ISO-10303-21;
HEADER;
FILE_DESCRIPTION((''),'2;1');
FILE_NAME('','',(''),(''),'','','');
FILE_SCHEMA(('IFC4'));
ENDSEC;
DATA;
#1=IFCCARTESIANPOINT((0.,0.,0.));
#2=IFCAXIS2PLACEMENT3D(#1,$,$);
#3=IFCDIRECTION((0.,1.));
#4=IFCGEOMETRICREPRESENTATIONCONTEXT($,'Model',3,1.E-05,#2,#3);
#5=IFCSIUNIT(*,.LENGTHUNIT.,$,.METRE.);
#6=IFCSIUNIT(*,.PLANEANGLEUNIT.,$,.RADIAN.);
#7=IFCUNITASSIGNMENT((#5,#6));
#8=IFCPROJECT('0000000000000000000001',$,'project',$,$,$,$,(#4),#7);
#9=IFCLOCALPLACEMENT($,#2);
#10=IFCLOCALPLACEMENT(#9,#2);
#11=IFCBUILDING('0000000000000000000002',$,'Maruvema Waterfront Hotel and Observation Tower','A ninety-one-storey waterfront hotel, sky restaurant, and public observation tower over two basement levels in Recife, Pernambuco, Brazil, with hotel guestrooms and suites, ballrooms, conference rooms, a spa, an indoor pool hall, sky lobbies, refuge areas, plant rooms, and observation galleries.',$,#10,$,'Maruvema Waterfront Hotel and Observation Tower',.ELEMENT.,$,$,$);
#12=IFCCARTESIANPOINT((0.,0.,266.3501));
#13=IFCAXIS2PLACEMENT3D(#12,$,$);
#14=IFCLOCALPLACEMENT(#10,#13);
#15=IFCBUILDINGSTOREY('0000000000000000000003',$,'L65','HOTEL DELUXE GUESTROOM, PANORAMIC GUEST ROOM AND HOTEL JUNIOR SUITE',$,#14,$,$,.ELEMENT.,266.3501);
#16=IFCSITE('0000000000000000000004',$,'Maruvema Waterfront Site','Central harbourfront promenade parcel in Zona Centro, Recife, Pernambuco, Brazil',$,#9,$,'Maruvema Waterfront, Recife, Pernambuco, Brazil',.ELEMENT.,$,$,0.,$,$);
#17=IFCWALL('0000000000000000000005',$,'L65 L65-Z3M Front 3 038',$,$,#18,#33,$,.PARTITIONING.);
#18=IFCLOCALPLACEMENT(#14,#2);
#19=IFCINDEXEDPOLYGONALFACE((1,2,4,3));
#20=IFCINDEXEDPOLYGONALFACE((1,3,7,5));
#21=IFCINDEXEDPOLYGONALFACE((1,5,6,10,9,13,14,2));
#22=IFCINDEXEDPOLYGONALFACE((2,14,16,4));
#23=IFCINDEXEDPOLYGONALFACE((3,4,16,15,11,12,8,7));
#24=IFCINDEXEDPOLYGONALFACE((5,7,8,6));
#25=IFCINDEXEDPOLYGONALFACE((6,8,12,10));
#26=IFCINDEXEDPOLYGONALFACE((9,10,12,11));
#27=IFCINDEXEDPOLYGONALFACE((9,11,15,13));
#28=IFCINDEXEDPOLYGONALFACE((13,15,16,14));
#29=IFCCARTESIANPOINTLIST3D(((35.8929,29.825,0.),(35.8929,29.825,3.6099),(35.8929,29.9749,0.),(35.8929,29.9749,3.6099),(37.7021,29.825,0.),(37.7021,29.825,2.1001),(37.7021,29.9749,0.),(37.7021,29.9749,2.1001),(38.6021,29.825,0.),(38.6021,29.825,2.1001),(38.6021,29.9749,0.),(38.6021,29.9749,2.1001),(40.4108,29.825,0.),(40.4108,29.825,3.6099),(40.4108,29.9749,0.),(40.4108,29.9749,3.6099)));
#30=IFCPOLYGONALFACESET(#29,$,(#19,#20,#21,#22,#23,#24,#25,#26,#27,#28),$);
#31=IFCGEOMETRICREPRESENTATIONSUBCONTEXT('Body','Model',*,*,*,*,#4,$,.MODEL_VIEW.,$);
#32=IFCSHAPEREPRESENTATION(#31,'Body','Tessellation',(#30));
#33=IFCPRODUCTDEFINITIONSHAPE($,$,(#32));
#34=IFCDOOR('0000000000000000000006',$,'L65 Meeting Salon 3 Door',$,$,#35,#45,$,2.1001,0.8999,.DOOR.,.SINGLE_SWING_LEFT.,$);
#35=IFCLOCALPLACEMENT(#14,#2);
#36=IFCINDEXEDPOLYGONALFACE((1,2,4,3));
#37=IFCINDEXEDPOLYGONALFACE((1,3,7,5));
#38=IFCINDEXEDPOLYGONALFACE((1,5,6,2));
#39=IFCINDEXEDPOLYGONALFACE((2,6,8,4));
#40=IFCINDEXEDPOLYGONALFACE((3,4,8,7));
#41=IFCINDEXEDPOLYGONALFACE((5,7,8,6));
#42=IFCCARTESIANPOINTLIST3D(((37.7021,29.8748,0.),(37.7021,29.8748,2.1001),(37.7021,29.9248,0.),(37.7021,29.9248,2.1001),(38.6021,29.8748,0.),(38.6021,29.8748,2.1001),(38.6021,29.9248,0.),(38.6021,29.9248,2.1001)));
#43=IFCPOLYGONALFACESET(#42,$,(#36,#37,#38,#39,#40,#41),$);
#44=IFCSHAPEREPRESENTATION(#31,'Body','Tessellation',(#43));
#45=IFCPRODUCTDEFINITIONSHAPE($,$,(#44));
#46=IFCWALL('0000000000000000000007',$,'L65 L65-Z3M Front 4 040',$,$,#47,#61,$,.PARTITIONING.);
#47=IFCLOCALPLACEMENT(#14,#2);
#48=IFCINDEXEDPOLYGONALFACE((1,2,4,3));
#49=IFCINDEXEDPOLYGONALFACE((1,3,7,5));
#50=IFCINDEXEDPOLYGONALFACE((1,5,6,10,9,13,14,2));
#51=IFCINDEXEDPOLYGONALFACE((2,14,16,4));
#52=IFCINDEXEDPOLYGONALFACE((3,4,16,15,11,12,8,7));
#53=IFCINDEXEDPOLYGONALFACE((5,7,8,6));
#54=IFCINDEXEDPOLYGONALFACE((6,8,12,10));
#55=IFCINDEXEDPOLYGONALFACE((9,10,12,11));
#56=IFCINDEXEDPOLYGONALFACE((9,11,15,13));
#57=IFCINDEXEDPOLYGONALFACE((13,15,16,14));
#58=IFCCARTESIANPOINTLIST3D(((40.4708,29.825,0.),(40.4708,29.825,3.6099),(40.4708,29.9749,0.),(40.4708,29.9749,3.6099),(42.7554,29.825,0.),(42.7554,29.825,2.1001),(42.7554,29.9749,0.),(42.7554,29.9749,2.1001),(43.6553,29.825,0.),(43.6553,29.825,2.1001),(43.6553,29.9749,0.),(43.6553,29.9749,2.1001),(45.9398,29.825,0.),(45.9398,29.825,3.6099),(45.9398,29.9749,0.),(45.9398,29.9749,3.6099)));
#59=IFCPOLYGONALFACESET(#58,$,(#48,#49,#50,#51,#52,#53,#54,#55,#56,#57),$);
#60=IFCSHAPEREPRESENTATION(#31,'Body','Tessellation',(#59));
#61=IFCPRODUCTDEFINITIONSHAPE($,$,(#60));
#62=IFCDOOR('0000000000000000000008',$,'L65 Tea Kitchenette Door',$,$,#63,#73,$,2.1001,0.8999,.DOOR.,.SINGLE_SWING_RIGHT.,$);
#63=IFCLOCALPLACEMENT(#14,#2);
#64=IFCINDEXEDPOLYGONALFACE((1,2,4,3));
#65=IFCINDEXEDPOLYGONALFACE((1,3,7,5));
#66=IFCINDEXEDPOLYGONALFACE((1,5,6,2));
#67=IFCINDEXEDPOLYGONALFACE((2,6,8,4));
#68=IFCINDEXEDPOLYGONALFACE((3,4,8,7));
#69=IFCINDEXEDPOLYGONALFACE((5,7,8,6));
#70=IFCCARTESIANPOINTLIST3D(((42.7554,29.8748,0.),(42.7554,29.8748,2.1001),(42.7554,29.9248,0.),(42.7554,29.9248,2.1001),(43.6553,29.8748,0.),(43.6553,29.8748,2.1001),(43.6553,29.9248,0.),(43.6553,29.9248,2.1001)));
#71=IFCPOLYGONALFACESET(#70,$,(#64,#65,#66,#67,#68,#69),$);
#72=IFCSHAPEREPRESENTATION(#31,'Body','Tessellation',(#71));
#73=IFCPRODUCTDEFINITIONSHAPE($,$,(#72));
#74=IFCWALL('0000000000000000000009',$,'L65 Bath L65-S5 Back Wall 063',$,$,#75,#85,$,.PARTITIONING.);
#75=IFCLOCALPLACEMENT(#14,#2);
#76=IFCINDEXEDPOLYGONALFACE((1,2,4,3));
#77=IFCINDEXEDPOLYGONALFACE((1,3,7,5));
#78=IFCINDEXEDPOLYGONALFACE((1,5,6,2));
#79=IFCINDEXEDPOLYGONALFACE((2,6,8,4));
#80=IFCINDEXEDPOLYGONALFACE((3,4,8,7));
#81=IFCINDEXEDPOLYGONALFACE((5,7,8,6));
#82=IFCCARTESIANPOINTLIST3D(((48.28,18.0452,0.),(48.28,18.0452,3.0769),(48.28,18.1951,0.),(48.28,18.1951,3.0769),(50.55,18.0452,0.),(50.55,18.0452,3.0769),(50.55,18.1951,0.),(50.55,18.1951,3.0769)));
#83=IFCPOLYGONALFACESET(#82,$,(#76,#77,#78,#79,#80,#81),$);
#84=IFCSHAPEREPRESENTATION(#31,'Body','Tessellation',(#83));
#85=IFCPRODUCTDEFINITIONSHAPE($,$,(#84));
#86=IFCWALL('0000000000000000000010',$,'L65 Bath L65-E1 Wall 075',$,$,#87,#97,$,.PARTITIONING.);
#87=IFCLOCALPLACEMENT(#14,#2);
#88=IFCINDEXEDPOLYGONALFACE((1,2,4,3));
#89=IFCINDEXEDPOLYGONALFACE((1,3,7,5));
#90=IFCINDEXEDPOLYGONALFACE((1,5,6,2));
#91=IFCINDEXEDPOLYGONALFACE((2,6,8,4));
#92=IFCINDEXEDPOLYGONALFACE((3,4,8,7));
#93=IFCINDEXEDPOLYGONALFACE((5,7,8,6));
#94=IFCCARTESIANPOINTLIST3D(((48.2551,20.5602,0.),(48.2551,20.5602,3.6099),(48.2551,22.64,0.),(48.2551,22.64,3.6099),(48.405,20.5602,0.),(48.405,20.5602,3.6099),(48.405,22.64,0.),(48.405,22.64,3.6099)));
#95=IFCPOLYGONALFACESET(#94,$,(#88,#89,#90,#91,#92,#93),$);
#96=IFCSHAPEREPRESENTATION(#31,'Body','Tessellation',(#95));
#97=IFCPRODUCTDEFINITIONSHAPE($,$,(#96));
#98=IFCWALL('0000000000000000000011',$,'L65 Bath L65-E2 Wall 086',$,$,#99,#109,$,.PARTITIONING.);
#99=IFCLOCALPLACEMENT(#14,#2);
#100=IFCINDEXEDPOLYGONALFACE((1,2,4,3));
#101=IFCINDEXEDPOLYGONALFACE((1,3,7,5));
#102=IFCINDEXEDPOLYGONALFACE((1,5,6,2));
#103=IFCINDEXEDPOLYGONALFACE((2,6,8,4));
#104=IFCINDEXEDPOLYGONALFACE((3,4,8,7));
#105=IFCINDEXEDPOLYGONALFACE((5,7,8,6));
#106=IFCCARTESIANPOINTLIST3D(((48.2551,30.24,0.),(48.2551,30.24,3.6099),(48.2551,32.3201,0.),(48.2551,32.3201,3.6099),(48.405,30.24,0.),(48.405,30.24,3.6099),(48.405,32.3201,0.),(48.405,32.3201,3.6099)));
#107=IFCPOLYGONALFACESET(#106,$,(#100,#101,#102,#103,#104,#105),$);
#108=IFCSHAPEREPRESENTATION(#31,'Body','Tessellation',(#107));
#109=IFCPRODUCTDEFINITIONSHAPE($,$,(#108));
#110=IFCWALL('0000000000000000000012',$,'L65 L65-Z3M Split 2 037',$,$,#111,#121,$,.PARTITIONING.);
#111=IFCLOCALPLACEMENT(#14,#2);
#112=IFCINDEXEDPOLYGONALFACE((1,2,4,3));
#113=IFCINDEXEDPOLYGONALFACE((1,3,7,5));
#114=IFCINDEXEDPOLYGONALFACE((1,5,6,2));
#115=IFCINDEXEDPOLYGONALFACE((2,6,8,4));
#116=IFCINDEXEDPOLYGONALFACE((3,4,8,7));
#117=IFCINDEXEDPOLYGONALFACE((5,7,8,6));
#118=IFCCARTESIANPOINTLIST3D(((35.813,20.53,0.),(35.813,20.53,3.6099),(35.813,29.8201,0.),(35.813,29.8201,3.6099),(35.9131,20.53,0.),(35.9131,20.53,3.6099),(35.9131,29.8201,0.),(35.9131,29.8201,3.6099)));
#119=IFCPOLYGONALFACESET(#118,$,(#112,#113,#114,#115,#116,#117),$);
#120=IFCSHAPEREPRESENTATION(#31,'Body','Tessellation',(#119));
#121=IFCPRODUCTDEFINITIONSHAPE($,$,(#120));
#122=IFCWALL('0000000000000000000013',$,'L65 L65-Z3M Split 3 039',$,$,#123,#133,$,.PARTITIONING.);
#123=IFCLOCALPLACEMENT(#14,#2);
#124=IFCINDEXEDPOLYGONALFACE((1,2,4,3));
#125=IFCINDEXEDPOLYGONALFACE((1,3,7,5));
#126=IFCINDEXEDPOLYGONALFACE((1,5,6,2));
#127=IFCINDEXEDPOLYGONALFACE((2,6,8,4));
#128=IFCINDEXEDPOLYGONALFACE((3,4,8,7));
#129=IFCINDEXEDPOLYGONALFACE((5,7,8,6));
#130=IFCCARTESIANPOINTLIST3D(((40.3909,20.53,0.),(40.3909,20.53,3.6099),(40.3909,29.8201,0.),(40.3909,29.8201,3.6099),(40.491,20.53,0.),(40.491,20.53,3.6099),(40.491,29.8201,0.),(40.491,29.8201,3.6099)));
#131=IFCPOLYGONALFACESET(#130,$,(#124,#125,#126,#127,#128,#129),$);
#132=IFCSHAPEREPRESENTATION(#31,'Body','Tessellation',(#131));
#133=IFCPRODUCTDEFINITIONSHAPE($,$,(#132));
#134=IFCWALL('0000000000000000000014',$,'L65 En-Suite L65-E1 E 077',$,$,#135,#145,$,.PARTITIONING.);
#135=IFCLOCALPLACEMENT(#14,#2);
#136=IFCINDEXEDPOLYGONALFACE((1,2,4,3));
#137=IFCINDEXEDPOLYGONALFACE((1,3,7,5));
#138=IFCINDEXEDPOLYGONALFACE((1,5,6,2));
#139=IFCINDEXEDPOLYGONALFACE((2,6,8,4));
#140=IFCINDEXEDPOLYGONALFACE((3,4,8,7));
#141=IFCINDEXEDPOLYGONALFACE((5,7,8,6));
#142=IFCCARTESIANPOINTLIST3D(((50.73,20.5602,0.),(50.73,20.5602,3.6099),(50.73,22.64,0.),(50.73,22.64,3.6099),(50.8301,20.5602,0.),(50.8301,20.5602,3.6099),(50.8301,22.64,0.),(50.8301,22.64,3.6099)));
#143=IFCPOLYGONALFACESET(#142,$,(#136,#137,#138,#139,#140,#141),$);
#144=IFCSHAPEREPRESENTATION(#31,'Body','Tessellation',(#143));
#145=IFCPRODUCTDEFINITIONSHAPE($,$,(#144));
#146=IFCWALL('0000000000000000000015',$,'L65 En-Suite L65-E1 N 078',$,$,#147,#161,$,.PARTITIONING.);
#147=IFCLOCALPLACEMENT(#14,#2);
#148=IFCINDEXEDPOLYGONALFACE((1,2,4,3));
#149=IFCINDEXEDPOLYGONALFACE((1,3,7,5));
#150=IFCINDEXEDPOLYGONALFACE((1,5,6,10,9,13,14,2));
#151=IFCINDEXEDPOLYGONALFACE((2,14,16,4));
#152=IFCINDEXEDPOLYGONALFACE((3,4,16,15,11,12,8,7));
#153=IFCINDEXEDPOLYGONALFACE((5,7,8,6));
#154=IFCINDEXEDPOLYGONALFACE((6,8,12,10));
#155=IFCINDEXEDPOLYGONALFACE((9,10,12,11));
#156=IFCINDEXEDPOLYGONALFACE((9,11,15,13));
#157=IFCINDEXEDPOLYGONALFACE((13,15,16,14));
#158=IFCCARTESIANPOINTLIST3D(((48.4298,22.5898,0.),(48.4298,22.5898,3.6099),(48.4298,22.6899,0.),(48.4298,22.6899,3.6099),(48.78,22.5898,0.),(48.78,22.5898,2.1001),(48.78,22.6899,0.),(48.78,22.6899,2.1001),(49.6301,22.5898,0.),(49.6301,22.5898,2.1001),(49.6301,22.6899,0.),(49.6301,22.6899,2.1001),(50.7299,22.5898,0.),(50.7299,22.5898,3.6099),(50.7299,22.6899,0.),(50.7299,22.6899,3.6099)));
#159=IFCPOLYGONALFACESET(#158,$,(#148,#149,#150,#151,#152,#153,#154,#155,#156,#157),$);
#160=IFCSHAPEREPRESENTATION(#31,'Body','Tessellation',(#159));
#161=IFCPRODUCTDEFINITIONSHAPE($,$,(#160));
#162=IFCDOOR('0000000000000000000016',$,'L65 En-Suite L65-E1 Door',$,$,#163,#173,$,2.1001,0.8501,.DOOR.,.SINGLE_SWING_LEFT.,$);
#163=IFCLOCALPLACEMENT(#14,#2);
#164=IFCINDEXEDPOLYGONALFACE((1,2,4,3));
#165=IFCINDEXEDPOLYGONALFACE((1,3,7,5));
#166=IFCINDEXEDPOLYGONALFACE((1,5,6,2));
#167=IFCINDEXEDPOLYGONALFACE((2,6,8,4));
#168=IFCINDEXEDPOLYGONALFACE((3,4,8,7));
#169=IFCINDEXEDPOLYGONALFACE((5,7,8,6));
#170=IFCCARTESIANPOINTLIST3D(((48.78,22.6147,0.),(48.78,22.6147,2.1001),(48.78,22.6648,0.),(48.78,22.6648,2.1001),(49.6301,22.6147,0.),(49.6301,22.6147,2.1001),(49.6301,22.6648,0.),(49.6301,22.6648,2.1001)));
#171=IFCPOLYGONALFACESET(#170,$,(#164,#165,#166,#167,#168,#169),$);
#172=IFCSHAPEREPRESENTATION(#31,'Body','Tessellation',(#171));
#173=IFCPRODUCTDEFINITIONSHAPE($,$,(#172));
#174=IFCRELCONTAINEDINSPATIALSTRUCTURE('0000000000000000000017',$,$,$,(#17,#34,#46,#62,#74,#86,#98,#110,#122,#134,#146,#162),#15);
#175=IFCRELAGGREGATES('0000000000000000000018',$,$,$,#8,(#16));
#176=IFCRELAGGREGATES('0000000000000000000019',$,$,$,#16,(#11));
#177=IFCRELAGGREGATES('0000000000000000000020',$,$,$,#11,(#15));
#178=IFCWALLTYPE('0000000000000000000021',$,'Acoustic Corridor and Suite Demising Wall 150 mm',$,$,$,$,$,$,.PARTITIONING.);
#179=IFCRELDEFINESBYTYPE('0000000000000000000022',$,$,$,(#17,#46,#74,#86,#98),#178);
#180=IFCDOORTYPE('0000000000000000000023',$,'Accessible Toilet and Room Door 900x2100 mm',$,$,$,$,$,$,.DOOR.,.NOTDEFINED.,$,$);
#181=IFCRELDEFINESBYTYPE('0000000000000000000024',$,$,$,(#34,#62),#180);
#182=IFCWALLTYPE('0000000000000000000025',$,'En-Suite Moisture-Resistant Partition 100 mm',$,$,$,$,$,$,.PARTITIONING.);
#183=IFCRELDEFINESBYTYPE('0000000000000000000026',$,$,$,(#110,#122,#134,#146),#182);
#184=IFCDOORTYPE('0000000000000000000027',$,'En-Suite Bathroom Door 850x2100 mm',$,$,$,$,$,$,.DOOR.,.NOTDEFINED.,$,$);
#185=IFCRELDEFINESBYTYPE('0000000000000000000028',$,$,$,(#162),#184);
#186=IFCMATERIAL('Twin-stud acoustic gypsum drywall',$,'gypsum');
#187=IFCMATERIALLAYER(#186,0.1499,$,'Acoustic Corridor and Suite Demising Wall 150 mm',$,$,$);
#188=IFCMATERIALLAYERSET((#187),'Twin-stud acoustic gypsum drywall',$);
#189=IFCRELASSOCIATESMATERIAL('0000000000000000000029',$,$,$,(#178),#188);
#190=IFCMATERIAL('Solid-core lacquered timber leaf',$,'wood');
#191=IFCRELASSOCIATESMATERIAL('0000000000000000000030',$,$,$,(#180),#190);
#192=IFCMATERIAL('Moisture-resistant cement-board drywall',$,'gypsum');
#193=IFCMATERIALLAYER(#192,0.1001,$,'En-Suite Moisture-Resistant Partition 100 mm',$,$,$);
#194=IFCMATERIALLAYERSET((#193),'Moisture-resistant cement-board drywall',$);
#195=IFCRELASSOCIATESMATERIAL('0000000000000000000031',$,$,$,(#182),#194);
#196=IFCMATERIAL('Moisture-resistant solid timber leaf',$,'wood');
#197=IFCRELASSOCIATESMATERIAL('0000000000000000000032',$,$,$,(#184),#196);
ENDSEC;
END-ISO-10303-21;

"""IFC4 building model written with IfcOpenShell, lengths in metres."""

from ifc_helpers import new_model, si_unit, direction, frame, frame_2d, origin, place, context, subcontext, project, spatial, rectangle, extrude, material, layer, layer_set, type_object, element, fill, save


model = new_model("IFC4")

# Units and contexts
model_context = context("Model", 3, precision=1e-05, world=origin(), true_north=direction((0.0, 1.0)))
body_context = subcontext(model_context, "Body", "Model", "MODEL_VIEW")
ifc_project = project(units=[si_unit("LENGTHUNIT", "METRE"), si_unit("PLANEANGLEUNIT", "RADIAN")], contexts=[model_context])

# Site, building, storey
site_placement = place(None, origin())
site = spatial("IfcSite", under=ifc_project, at=site_placement, Name="Maruvema Waterfront Site", Description="Central harbourfront promenade parcel in Zona Centro, Recife, Pernambuco, Brazil", LongName="Maruvema Waterfront, Recife, Pernambuco, Brazil", CompositionType="ELEMENT", RefElevation=0.0)
building_placement = place(site_placement, origin())
building = spatial("IfcBuilding", under=site, at=building_placement, Name="Maruvema Waterfront Hotel and Observation Tower", Description="A ninety-one-storey waterfront hotel, sky restaurant, and public observation tower over two basement levels in Recife, Pernambuco, Brazil, with hotel guestrooms and suites, ballrooms, conference rooms, a spa, an indoor pool hall, sky lobbies, refuge areas, plant rooms, and observation galleries.", LongName="Maruvema Waterfront Hotel and Observation Tower", CompositionType="ELEMENT")
storey_placement = place(building_placement, frame((0.0, 0.0, 266.3501)))
storey = spatial("IfcBuildingStorey", under=building, at=storey_placement, Name="L65", Description="HOTEL DELUXE GUESTROOM, PANORAMIC GUEST ROOM AND HOTEL JUNIOR SUITE", CompositionType="ELEMENT", Elevation=266.3501)

# Shared definitions
ifc_material_1 = material(Name="Twin-stud acoustic gypsum drywall", Category="gypsum")
ifc_layer_1 = layer(ifc_material_1, 0.1499, Name="Acoustic Corridor and Suite Demising Wall 150 mm")
ifc_layer_set_1 = layer_set([ifc_layer_1], Name="Twin-stud acoustic gypsum drywall")
wall_type_1 = type_object("IfcWallType", Name="Acoustic Corridor and Suite Demising Wall 150 mm", PredefinedType="PARTITIONING", material=ifc_layer_set_1)

# Walls, openings, doors
wall_1_placement = place(storey_placement, frame((35.8931, 29.8999, 0.0), z_axis=(0.0, 0.0, 1.0), x_axis=(1.0, 0.0, 0.0)))
wall_1 = element("IfcWall", 1, at=wall_1_placement, inside=storey, type_object=wall_type_1, Name="L65 L65-Z3M Front 3 038", PredefinedType="PARTITIONING", context=body_context, shape_type="SweptSolid", body=[
    extrude(rectangle(XDim=4.5178, YDim=0.1499, at=frame_2d((2.2588, 0.0))), origin(), (0.0, 0.0, 1.0), 3.6099),
])
opening_1_placement = place(wall_1_placement, frame((1.8091, 0.0, 0.0)))
opening_1 = element("IfcOpeningElement", 2, at=opening_1_placement, cuts=wall_1, PredefinedType="OPENING", context=body_context, shape_type="SweptSolid", body=[
    extrude(rectangle(XDim=0.8999, YDim=2.1001, at=frame_2d((0.45, 1.05))), frame((0.0, 0.085, 0.0), z_axis=(0.0, -1.0, 0.0), x_axis=(1.0, 0.0, 0.0)), (0.0, 0.0, 1.0), 0.1699),
])
ifc_material_2 = material(Name="Solid-core lacquered timber leaf", Category="wood")
door_type_1 = type_object("IfcDoorType", Name="Accessible Toilet and Room Door 900x2100 mm", OperationType="NOTDEFINED", PredefinedType="DOOR", material=ifc_material_2)
door_1_placement = place(opening_1_placement, origin())
door_1 = element("IfcDoor", 3, at=door_1_placement, inside=storey, type_object=door_type_1, Name="L65 Meeting Salon 3 Door", OperationType="SINGLE_SWING_LEFT", OverallHeight=2.1001, OverallWidth=0.8999, PredefinedType="DOOR", context=body_context, shape_type="SweptSolid", body=[
    extrude(rectangle(XDim=0.8999, YDim=2.1001, at=frame_2d((0.45, 1.05))), frame((0.0, 0.0249, 0.0), z_axis=(0.0, -1.0, 0.0), x_axis=(1.0, 0.0, 0.0)), (0.0, 0.0, 1.0), 0.05),
])
fill(opening_1, door_1)
wall_2_placement = place(storey_placement, frame((40.4709, 29.8999, 0.0), z_axis=(0.0, 0.0, 1.0), x_axis=(1.0, 0.0, 0.0)))
wall_2 = element("IfcWall", 4, at=wall_2_placement, inside=storey, type_object=wall_type_1, Name="L65 L65-Z3M Front 4 040", PredefinedType="PARTITIONING", context=body_context, shape_type="SweptSolid", body=[
    extrude(rectangle(XDim=5.469, YDim=0.1499, at=frame_2d((2.7344, 0.0))), origin(), (0.0, 0.0, 1.0), 3.6099),
])
opening_2_placement = place(wall_2_placement, frame((2.2844, 0.0, 0.0)))
opening_2 = element("IfcOpeningElement", 5, at=opening_2_placement, cuts=wall_2, PredefinedType="OPENING", context=body_context, shape_type="SweptSolid", body=[
    extrude(rectangle(XDim=0.8999, YDim=2.1001, at=frame_2d((0.45, 1.05))), frame((0.0, 0.085, 0.0), z_axis=(0.0, -1.0, 0.0), x_axis=(1.0, 0.0, 0.0)), (0.0, 0.0, 1.0), 0.1699),
])
door_2_placement = place(opening_2_placement, origin())
door_2 = element("IfcDoor", 6, at=door_2_placement, inside=storey, type_object=door_type_1, Name="L65 Tea Kitchenette Door", OperationType="SINGLE_SWING_RIGHT", OverallHeight=2.1001, OverallWidth=0.8999, PredefinedType="DOOR", context=body_context, shape_type="SweptSolid", body=[
    extrude(rectangle(XDim=0.8999, YDim=2.1001, at=frame_2d((0.45, 1.05))), frame((0.0, 0.0249, 0.0), z_axis=(0.0, -1.0, 0.0), x_axis=(1.0, 0.0, 0.0)), (0.0, 0.0, 1.0), 0.05),
])
fill(opening_2, door_2)

# Wall
wall_3_placement = place(storey_placement, frame((48.28, 18.1201, 0.0), z_axis=(0.0, 0.0, 1.0), x_axis=(1.0, 0.0, 0.0)))
element("IfcWall", 7, at=wall_3_placement, inside=storey, type_object=wall_type_1, Name="L65 Bath L65-S5 Back Wall 063", PredefinedType="PARTITIONING", context=body_context, shape_type="SweptSolid", body=[
    extrude(rectangle(XDim=2.27, YDim=0.1499, at=frame_2d((1.135, 0.0))), origin(), (0.0, 0.0, 1.0), 3.0769),
])

# Wall
wall_4_placement = place(storey_placement, frame((48.3301, 20.5601, 0.0), z_axis=(0.0, 0.0, 1.0), x_axis=(0.0, 1.0, 0.0)))
element("IfcWall", 8, at=wall_4_placement, inside=storey, type_object=wall_type_1, Name="L65 Bath L65-E1 Wall 075", PredefinedType="PARTITIONING", context=body_context, shape_type="SweptSolid", body=[
    extrude(rectangle(XDim=2.0798, YDim=0.1499, at=frame_2d((1.04, 0.0))), origin(), (0.0, 0.0, 1.0), 3.6099),
])

# Walls
wall_5_placement = place(storey_placement, frame((48.3301, 30.24, 0.0), z_axis=(0.0, 0.0, 1.0), x_axis=(0.0, 1.0, 0.0)))
element("IfcWall", 9, at=wall_5_placement, inside=storey, type_object=wall_type_1, Name="L65 Bath L65-E2 Wall 086", PredefinedType="PARTITIONING", context=body_context, shape_type="SweptSolid", body=[
    extrude(rectangle(XDim=2.0801, YDim=0.1499, at=frame_2d((1.04, 0.0))), origin(), (0.0, 0.0, 1.0), 3.6099),
])
ifc_material_3 = material(Name="Moisture-resistant cement-board drywall", Category="gypsum")
ifc_layer_2 = layer(ifc_material_3, 0.1001, Name="En-Suite Moisture-Resistant Partition 100 mm")
ifc_layer_set_2 = layer_set([ifc_layer_2], Name="Moisture-resistant cement-board drywall")
wall_type_2 = type_object("IfcWallType", Name="En-Suite Moisture-Resistant Partition 100 mm", PredefinedType="PARTITIONING", material=ifc_layer_set_2)
for number, where, z_axis, x_axis, name in (
    (10, (35.863, 20.53, 0.0), (0.0, 0.0, 1.0), (0.0, 1.0, 0.0), "L65 L65-Z3M Split 2 037"),
    (11, (40.4409, 20.53, 0.0), (0.0, 0.0, 1.0), (0.0, 1.0, 0.0), "L65 L65-Z3M Split 3 039"),
):
    element("IfcWall", number, at=place(storey_placement, frame(where, z_axis=z_axis, x_axis=x_axis)), inside=storey, type_object=wall_type_2, Name=name, PredefinedType="PARTITIONING", context=body_context, shape_type="SweptSolid", body=[
        extrude(rectangle(XDim=9.29, YDim=0.1001, at=frame_2d((4.645, 0.0))), origin(), (0.0, 0.0, 1.0), 3.6099),
    ])
wall_6_placement = place(storey_placement, frame((50.78, 20.5601, 0.0), z_axis=(0.0, 0.0, 1.0), x_axis=(0.0, 1.0, 0.0)))
element("IfcWall", 12, at=wall_6_placement, inside=storey, type_object=wall_type_2, Name="L65 En-Suite L65-E1 E 077", PredefinedType="PARTITIONING", context=body_context, shape_type="SweptSolid", body=[
    extrude(rectangle(XDim=2.0798, YDim=0.1001, at=frame_2d((1.04, 0.0))), origin(), (0.0, 0.0, 1.0), 3.6099),
])

# Wall, opening, door
wall_7_placement = place(storey_placement, frame((48.4299, 22.6399, 0.0), z_axis=(0.0, 0.0, 1.0), x_axis=(1.0, 0.0, 0.0)))
wall_7 = element("IfcWall", 13, at=wall_7_placement, inside=storey, type_object=wall_type_2, Name="L65 En-Suite L65-E1 N 078", PredefinedType="PARTITIONING", context=body_context, shape_type="SweptSolid", body=[
    extrude(rectangle(XDim=2.3, YDim=0.1001, at=frame_2d((1.1499, 0.0))), origin(), (0.0, 0.0, 1.0), 3.6099),
])
opening_3_placement = place(wall_7_placement, frame((0.3501, 0.0, 0.0)))
opening_3 = element("IfcOpeningElement", 14, at=opening_3_placement, cuts=wall_7, PredefinedType="OPENING", context=body_context, shape_type="SweptSolid", body=[
    extrude(rectangle(XDim=0.8501, YDim=2.1001, at=frame_2d((0.425, 1.05))), frame((0.0, 0.0601, 0.0), z_axis=(0.0, -1.0, 0.0), x_axis=(1.0, 0.0, 0.0)), (0.0, 0.0, 1.0), 0.1201),
])
ifc_material_4 = material(Name="Moisture-resistant solid timber leaf", Category="wood")
door_type_2 = type_object("IfcDoorType", Name="En-Suite Bathroom Door 850x2100 mm", OperationType="NOTDEFINED", PredefinedType="DOOR", material=ifc_material_4)
door_3_placement = place(opening_3_placement, origin())
door_3 = element("IfcDoor", 15, at=door_3_placement, inside=storey, type_object=door_type_2, Name="L65 En-Suite L65-E1 Door", OperationType="SINGLE_SWING_LEFT", OverallHeight=2.1001, OverallWidth=0.8501, PredefinedType="DOOR", context=body_context, shape_type="SweptSolid", body=[
    extrude(rectangle(XDim=0.8501, YDim=2.1001, at=frame_2d((0.425, 1.05))), frame((0.0, 0.0249, 0.0), z_axis=(0.0, -1.0, 0.0), x_axis=(1.0, 0.0, 0.0)), (0.0, 0.0, 1.0), 0.05),
])
fill(opening_3, door_3)

save(model, "model.ifc")
